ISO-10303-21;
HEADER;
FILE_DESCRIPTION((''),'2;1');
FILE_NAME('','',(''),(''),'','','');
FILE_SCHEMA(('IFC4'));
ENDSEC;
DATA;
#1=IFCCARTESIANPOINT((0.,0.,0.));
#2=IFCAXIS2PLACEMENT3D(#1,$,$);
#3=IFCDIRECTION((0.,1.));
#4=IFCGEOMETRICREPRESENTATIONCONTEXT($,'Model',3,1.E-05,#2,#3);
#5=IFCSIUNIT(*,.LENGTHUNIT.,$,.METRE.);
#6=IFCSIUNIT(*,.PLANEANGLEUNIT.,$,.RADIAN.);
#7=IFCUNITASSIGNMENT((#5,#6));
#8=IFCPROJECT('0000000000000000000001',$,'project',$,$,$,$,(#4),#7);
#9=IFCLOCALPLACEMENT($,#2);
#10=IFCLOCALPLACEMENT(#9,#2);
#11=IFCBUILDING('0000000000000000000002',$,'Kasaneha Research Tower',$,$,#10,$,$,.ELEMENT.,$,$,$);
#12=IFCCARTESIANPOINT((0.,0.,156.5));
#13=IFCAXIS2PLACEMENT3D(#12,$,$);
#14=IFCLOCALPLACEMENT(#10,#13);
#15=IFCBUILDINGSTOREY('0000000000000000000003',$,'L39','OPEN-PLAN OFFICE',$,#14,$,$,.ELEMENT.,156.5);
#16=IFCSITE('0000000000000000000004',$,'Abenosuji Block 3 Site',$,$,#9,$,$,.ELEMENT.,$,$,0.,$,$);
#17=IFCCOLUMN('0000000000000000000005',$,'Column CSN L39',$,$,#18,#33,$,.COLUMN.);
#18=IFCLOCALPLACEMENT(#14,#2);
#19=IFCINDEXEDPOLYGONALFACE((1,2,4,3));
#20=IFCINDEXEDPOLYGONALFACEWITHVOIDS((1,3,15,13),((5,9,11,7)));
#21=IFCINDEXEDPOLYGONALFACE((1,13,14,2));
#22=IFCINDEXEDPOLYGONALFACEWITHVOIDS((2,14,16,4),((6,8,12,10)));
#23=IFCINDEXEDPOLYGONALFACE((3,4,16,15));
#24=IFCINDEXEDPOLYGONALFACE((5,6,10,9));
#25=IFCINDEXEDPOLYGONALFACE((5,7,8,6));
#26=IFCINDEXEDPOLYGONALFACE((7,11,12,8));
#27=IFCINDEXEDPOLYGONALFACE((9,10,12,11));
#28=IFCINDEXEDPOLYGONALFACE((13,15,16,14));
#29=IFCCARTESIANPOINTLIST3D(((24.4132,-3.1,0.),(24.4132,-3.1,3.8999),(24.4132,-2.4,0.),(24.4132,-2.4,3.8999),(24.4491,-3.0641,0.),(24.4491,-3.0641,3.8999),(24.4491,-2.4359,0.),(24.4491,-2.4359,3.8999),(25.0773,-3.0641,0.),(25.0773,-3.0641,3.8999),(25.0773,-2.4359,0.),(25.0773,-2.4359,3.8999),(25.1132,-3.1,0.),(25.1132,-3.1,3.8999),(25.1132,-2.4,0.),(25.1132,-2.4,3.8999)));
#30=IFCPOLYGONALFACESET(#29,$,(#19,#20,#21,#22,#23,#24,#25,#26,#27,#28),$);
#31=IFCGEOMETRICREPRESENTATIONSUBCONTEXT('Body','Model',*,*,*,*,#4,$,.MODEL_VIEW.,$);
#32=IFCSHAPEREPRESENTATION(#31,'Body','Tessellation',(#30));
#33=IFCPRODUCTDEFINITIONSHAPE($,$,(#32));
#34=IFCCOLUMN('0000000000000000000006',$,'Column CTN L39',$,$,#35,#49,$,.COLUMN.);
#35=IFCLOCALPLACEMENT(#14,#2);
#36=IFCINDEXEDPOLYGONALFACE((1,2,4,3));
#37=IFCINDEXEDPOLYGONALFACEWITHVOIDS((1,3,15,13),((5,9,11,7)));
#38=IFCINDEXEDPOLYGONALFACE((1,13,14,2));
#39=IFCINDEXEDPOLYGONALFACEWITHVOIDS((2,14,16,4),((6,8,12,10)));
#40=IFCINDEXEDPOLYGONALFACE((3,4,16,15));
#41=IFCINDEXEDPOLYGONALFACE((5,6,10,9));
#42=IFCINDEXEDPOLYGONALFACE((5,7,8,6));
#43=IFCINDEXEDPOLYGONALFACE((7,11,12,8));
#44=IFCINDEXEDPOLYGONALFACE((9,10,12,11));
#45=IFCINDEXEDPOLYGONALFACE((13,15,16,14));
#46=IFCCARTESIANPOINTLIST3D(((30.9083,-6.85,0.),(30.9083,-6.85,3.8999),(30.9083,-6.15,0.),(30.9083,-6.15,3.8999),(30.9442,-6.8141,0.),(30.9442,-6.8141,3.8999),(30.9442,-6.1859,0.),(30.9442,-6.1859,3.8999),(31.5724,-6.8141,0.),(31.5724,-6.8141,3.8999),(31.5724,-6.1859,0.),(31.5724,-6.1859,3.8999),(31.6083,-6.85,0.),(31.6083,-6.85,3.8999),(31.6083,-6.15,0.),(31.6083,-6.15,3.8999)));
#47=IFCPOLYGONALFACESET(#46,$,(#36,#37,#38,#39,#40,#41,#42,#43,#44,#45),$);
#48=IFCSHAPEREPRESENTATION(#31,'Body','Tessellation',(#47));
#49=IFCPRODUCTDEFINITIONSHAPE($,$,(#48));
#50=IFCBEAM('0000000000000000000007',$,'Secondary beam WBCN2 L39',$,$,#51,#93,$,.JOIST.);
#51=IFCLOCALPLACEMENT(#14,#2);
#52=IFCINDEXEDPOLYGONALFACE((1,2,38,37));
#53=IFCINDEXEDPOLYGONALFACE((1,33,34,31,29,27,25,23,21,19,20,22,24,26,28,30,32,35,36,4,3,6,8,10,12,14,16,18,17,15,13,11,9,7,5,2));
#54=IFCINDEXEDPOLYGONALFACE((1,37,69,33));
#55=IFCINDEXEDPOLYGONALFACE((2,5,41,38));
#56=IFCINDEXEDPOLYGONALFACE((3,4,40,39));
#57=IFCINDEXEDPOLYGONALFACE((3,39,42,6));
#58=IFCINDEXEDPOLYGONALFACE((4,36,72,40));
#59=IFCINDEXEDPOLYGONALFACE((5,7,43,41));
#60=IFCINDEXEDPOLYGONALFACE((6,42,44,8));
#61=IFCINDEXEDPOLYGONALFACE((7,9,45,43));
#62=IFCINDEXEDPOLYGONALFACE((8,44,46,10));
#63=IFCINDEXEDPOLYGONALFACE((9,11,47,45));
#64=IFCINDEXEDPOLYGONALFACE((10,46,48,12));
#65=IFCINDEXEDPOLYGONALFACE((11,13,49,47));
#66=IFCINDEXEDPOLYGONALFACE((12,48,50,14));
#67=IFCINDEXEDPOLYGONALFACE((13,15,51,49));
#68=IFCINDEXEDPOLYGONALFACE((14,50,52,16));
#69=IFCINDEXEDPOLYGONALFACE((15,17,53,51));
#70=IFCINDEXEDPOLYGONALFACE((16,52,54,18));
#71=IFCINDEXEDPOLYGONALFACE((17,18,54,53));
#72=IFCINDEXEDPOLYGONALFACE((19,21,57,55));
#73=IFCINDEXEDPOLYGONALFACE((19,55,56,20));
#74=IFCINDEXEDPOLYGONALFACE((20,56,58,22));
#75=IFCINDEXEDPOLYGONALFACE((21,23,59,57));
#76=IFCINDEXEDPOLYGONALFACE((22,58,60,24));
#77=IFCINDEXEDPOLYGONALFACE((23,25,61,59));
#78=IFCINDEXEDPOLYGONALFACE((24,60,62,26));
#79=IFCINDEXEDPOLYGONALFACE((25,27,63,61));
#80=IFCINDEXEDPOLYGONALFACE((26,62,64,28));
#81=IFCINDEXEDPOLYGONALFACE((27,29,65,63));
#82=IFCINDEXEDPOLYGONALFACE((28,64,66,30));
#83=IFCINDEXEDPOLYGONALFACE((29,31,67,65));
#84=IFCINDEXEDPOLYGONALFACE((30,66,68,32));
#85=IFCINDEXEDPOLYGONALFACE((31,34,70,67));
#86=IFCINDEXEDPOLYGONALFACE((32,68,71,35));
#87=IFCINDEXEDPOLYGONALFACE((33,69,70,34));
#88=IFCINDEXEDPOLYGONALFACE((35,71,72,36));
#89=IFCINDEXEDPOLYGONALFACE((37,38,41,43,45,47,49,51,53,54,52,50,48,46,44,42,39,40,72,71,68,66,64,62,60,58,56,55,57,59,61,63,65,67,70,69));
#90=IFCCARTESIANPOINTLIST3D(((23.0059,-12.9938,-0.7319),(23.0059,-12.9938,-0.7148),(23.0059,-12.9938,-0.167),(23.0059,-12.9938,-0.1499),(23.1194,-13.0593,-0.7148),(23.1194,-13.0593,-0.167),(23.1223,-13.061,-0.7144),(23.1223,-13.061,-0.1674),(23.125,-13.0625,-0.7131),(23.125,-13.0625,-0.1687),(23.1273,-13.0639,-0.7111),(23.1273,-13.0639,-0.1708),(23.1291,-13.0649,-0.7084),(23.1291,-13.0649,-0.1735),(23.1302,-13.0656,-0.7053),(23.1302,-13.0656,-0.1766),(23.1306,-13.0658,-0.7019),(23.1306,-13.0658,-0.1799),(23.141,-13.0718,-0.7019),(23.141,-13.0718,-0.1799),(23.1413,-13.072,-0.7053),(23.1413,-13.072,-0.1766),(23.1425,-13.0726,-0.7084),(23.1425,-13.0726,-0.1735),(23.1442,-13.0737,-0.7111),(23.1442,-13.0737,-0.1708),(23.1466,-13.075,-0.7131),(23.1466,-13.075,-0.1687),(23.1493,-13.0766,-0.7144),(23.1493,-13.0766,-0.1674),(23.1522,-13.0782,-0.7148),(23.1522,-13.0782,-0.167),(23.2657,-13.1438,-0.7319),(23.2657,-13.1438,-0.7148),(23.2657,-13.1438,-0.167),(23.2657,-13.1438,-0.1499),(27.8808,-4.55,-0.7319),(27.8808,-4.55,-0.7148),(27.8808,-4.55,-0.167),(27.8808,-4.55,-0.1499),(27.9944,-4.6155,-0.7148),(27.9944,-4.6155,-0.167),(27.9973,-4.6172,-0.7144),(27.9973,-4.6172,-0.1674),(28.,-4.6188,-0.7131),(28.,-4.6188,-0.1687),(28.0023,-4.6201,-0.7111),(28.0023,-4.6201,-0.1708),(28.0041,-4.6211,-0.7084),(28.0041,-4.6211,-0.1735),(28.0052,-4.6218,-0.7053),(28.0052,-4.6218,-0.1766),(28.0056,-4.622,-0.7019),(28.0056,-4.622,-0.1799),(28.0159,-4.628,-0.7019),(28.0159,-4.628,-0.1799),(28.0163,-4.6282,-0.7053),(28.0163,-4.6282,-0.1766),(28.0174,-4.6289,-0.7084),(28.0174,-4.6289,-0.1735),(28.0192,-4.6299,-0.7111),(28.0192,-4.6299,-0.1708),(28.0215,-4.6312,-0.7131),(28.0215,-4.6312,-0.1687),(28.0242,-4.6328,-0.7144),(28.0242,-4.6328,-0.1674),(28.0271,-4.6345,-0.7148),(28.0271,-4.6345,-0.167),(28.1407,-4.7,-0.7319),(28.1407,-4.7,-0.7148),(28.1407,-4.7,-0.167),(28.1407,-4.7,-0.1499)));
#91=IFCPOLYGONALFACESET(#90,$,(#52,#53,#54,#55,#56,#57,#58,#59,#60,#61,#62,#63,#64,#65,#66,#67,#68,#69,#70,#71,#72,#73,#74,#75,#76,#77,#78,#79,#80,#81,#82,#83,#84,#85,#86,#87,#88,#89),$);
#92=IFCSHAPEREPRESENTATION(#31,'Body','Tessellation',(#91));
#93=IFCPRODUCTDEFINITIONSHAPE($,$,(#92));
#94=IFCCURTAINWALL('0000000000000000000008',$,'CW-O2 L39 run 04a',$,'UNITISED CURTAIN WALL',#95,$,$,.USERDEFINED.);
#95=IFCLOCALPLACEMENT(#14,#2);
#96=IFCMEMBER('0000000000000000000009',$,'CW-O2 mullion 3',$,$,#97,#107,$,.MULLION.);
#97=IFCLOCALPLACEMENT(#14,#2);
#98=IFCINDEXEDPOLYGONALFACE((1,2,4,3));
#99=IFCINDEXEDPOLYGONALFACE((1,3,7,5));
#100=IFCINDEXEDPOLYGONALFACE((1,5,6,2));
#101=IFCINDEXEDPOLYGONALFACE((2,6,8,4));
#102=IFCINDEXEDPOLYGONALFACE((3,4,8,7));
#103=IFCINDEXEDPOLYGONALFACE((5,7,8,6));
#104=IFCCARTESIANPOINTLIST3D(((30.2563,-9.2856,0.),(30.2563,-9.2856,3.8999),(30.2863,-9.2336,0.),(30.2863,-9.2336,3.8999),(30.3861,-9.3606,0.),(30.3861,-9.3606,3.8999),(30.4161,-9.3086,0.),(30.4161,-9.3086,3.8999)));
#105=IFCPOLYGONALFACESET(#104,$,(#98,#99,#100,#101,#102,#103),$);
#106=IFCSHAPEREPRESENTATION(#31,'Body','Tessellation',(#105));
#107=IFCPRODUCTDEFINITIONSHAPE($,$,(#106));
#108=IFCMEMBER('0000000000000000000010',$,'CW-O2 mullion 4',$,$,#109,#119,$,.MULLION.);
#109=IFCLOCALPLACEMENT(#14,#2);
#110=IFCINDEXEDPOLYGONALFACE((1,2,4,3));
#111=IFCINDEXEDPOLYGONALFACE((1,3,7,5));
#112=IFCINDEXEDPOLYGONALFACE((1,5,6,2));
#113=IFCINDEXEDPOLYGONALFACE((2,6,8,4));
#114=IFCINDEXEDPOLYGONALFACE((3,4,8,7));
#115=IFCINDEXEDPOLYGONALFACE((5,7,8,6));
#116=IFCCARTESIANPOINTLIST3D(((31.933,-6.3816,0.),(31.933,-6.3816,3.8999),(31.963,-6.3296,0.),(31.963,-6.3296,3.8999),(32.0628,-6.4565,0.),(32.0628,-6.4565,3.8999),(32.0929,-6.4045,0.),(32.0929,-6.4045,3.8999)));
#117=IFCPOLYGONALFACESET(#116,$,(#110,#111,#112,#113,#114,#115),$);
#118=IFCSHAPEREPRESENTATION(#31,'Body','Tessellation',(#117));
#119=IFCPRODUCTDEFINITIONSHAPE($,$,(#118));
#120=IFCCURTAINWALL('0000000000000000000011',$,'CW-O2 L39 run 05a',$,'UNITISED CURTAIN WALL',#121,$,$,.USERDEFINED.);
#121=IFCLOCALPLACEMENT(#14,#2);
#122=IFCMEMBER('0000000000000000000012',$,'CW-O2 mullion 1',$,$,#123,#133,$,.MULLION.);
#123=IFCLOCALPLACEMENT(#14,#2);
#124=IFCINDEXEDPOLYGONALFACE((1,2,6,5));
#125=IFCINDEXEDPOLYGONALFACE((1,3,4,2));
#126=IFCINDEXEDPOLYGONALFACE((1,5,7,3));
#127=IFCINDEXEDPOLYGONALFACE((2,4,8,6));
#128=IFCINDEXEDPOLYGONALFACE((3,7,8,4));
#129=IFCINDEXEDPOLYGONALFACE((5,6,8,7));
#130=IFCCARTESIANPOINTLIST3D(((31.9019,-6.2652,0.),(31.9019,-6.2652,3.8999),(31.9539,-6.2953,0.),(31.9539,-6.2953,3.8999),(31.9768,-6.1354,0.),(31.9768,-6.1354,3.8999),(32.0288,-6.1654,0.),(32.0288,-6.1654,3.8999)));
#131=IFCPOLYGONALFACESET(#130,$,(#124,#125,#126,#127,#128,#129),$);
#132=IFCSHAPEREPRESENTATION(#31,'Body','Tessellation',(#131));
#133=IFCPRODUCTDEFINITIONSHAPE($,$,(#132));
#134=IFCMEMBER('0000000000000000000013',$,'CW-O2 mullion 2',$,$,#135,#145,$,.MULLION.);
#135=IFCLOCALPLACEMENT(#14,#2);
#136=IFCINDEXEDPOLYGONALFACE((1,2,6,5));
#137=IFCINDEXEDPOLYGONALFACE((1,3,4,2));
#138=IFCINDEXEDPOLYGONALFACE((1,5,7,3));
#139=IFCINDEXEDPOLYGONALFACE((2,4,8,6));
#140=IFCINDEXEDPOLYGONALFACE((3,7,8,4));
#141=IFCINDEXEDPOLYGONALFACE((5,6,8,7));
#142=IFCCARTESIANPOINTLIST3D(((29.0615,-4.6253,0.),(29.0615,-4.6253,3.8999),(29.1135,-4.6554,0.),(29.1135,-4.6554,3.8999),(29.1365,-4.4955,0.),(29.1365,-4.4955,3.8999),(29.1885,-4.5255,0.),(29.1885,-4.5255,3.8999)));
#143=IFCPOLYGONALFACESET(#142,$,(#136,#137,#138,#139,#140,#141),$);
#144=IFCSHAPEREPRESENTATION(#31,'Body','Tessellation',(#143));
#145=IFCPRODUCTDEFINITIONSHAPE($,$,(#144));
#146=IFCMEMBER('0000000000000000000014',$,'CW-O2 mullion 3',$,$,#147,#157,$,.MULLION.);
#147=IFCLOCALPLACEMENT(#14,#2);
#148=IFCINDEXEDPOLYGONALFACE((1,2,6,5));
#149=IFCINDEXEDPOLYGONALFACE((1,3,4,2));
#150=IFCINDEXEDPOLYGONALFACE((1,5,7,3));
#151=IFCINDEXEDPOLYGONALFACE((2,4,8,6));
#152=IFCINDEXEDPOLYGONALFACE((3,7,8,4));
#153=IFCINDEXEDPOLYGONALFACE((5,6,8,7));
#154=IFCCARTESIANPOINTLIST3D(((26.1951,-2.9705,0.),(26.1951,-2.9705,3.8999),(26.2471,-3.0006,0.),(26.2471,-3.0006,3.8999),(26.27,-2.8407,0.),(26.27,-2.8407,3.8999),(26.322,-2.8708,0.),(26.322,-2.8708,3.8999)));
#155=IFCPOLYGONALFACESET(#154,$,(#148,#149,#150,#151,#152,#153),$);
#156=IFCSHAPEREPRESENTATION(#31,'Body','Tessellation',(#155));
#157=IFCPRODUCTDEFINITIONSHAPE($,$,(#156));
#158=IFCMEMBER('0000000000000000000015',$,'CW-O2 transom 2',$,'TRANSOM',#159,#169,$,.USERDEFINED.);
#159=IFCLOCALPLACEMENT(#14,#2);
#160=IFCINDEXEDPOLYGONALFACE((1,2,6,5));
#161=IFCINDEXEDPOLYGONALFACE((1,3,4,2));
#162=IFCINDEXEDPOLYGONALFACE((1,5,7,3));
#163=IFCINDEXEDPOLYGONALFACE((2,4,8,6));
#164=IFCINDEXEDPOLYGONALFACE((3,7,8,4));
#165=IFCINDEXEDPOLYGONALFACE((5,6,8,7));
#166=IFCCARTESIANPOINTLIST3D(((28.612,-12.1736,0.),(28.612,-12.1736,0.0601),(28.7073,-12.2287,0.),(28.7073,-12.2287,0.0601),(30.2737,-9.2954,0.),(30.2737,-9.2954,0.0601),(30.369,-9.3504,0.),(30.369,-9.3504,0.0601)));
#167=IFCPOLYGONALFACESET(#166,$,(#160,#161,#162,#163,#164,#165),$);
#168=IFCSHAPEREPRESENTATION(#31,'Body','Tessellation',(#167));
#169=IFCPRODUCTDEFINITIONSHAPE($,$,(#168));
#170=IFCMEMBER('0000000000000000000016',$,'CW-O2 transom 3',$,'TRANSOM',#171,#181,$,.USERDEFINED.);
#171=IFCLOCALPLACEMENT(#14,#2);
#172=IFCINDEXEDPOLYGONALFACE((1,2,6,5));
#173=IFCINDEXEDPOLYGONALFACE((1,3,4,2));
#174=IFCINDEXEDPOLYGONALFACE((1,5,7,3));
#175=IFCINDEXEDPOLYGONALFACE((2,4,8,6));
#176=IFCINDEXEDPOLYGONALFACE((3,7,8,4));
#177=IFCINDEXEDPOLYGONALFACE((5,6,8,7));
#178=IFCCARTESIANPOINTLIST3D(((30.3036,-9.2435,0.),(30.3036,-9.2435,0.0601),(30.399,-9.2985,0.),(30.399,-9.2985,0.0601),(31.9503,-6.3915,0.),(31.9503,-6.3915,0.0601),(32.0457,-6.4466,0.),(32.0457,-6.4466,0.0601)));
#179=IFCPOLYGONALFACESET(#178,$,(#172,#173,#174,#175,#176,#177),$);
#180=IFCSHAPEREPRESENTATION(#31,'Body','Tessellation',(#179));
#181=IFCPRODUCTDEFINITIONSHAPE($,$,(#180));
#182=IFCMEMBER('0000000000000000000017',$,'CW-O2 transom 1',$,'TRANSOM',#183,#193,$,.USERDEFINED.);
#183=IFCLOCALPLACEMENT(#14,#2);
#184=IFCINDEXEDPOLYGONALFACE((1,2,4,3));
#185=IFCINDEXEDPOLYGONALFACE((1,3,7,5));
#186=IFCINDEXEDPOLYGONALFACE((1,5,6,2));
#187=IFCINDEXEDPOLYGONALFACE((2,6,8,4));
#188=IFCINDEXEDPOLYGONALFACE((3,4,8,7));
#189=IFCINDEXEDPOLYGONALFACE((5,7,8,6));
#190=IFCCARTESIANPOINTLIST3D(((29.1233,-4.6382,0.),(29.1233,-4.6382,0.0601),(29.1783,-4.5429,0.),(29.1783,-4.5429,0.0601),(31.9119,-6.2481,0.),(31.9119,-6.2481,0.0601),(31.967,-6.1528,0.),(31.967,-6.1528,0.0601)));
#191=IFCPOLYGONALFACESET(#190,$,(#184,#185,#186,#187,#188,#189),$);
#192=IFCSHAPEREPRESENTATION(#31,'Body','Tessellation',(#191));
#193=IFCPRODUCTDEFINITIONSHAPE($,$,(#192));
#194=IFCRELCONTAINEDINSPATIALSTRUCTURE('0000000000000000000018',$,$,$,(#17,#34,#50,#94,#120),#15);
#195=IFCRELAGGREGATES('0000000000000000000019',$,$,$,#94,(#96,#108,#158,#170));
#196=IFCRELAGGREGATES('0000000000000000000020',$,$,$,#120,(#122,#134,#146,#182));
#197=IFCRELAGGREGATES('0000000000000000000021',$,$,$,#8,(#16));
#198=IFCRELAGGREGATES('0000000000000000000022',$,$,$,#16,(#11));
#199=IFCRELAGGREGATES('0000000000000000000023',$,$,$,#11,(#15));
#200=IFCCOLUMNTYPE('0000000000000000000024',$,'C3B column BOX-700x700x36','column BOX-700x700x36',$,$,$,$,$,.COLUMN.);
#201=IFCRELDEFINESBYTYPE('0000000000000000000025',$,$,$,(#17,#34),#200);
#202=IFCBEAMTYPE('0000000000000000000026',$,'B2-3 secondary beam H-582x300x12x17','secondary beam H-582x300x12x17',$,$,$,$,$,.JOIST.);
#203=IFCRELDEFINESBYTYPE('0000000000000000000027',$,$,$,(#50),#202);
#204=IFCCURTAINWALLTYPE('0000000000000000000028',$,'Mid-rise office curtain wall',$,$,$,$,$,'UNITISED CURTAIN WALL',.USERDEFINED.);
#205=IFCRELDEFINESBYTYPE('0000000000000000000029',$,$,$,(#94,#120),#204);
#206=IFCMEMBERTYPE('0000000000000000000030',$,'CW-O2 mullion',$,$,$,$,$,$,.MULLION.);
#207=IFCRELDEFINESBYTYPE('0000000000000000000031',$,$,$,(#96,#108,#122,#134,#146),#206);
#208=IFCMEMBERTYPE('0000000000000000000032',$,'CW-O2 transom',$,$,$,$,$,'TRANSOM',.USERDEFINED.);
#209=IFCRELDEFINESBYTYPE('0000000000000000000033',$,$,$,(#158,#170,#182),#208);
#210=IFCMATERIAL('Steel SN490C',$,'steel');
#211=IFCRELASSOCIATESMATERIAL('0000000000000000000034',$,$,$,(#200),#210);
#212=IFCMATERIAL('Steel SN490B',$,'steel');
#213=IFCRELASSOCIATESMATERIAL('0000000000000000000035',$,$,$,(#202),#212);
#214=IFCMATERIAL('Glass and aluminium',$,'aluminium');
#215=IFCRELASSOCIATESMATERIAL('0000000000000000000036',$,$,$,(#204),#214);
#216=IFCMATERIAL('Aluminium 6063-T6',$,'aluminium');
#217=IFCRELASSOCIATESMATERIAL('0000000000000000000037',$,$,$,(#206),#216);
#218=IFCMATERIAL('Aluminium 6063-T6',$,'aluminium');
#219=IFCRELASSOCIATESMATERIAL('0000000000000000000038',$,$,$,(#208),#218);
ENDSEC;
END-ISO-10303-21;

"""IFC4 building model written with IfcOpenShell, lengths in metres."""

from ifc_helpers import new_model, si_unit, direction, frame, origin, origin_2d, place, context, subcontext, project, spatial, rectangle, hollow_rectangle, i_section, extrude, material, material_profile, profile_set, type_object, element, aggregate, save


model = new_model("IFC4")

# Units and contexts
model_context = context("Model", 3, precision=1e-05, world=origin(), true_north=direction((0.0, 1.0)))
body_context = subcontext(model_context, "Body", "Model", "MODEL_VIEW")
ifc_project = project(units=[si_unit("LENGTHUNIT", "METRE"), si_unit("PLANEANGLEUNIT", "RADIAN")], contexts=[model_context])

# Site, building, storey
site_placement = place(None, origin())
site = spatial("IfcSite", under=ifc_project, at=site_placement, Name="Abenosuji Block 3 Site", CompositionType="ELEMENT", RefElevation=0.0)
building_placement = place(site_placement, origin())
building = spatial("IfcBuilding", under=site, at=building_placement, Name="Kasaneha Research Tower", CompositionType="ELEMENT")
storey_placement = place(building_placement, frame((0.0, 0.0, 156.5)))
storey = spatial("IfcBuildingStorey", under=building, at=storey_placement, Name="L39", Description="OPEN-PLAN OFFICE", CompositionType="ELEMENT", Elevation=156.5)

# Columns
ifc_material_1 = material(Name="Steel SN490C", Category="steel")
ifc_material_profile_1 = material_profile(ifc_material_1, hollow_rectangle(XDim=0.7, YDim=0.7, WallThickness=0.0359, at=origin_2d()), Name="BOX-700x700x36")
ifc_profile_set_1 = profile_set([ifc_material_profile_1], Name="Steel SN490C")
column_type = type_object("IfcColumnType", Name="C3B column BOX-700x700x36", Description="column BOX-700x700x36", PredefinedType="COLUMN", material=ifc_profile_set_1)
for number, where, z_axis, x_axis, name in (
    (1, (24.7632, -2.75, 0.0), (0.0, 0.0, 1.0), (1.0, 0.0, 0.0), "Column CSN L39"),
    (2, (31.2583, -6.5, 0.0), (0.0, 0.0, 1.0), (1.0, 0.0, 0.0), "Column CTN L39"),
):
    element("IfcColumn", number, at=place(storey_placement, frame(where, z_axis=z_axis, x_axis=x_axis)), inside=storey, type_object=column_type, Name=name, PredefinedType="COLUMN", context=body_context, shape_type="SweptSolid", body=[
        extrude(hollow_rectangle(XDim=0.7, YDim=0.7, WallThickness=0.0359, at=origin_2d()), origin(), (0.0, 0.0, 1.0), 3.8999),
    ])

# Beam
ifc_material_2 = material(Name="Steel SN490B", Category="steel")
ifc_material_profile_2 = material_profile(ifc_material_2, i_section(OverallWidth=0.3, OverallDepth=0.582, WebThickness=0.012, FlangeThickness=0.0171, FilletRadius=0.0129, at=origin_2d()), Name="H-582x300x12x17")
ifc_profile_set_2 = profile_set([ifc_material_profile_2], Name="Steel SN490B")
beam_type_1 = type_object("IfcBeamType", Name="B2-3 secondary beam H-582x300x12x17", Description="secondary beam H-582x300x12x17", PredefinedType="JOIST", material=ifc_profile_set_2)
beam_1_placement = place(storey_placement, frame((28.0107, -4.625, -0.4409), z_axis=(-0.499996, -0.866028, 0.0), x_axis=(0.866028, -0.499996, 0.0)))
element("IfcBeam", 3, at=beam_1_placement, inside=storey, type_object=beam_type_1, Name="Secondary beam WBCN2 L39", PredefinedType="JOIST", context=body_context, shape_type="SweptSolid", body=[
    extrude(i_section(OverallWidth=0.3, OverallDepth=0.582, WebThickness=0.012, FlangeThickness=0.0171, FilletRadius=0.0129, at=origin_2d()), origin(), (0.0, 0.0, 1.0), 9.75),
])

# Curtain walls, members
ifc_material_3 = material(Name="Glass and aluminium", Category="aluminium")
curtain_wall_type = type_object("IfcCurtainWallType", Name="Mid-rise office curtain wall", ElementType="UNITISED CURTAIN WALL", PredefinedType="USERDEFINED", material=ifc_material_3)
curtain_wall_1_placement = place(storey_placement, origin())
curtain_wall_1 = element("IfcCurtainWall", 4, at=curtain_wall_1_placement, inside=storey, type_object=curtain_wall_type, Name="CW-O2 L39 run 04a", ObjectType="UNITISED CURTAIN WALL", PredefinedType="USERDEFINED")
ifc_material_4 = material(Name="Aluminium 6063-T6", Category="aluminium")
ifc_material_profile_3 = material_profile(ifc_material_4, rectangle(XDim=0.0601, YDim=0.1499, at=origin_2d()), Name="CW-O2 mullion 60x150")
ifc_profile_set_3 = profile_set([ifc_material_profile_3], Name="Aluminium 6063-T6")
member_type_1 = type_object("IfcMemberType", Name="CW-O2 mullion", PredefinedType="MULLION", material=ifc_profile_set_3)
member_1_placement = place(storey_placement, frame((30.3362, -9.2971, 0.0), z_axis=(0.0, 0.0, 1.0), x_axis=(0.5, 0.866025, 0.0)))
member_1 = element("IfcMember", 5, at=member_1_placement, type_object=member_type_1, Name="CW-O2 mullion 3", PredefinedType="MULLION", context=body_context, shape_type="SweptSolid", body=[
    extrude(rectangle(XDim=0.0601, YDim=0.1499, at=origin_2d()), origin(), (0.0, 0.0, 1.0), 3.8999),
])
member_2_placement = place(storey_placement, frame((32.0129, -6.3931, 0.0), z_axis=(0.0, 0.0, 1.0), x_axis=(0.5, 0.866025, 0.0)))
member_2 = element("IfcMember", 6, at=member_2_placement, type_object=member_type_1, Name="CW-O2 mullion 4", PredefinedType="MULLION", context=body_context, shape_type="SweptSolid", body=[
    extrude(rectangle(XDim=0.0601, YDim=0.1499, at=origin_2d()), origin(), (0.0, 0.0, 1.0), 3.8999),
])
curtain_wall_2_placement = place(storey_placement, origin())
curtain_wall_2 = element("IfcCurtainWall", 7, at=curtain_wall_2_placement, inside=storey, type_object=curtain_wall_type, Name="CW-O2 L39 run 05a", ObjectType="UNITISED CURTAIN WALL", PredefinedType="USERDEFINED")
member_3_placement = place(storey_placement, frame((31.9653, -6.2153, 0.0), z_axis=(0.0, 0.0, 1.0), x_axis=(-0.866025, 0.5, 0.0)))
member_3 = element("IfcMember", 8, at=member_3_placement, type_object=member_type_1, Name="CW-O2 mullion 1", PredefinedType="MULLION", context=body_context, shape_type="SweptSolid", body=[
    extrude(rectangle(XDim=0.0601, YDim=0.1499, at=origin_2d()), origin(), (0.0, 0.0, 1.0), 3.8999),
])
member_4_placement = place(storey_placement, frame((29.125, -4.5754, 0.0), z_axis=(0.0, 0.0, 1.0), x_axis=(-0.866025, 0.5, 0.0)))
member_4 = element("IfcMember", 9, at=member_4_placement, type_object=member_type_1, Name="CW-O2 mullion 2", PredefinedType="MULLION", context=body_context, shape_type="SweptSolid", body=[
    extrude(rectangle(XDim=0.0601, YDim=0.1499, at=origin_2d()), origin(), (0.0, 0.0, 1.0), 3.8999),
])
member_5_placement = place(storey_placement, frame((26.2585, -2.9207, 0.0), z_axis=(0.0, 0.0, 1.0), x_axis=(-0.866025, 0.5, 0.0)))
member_5 = element("IfcMember", 10, at=member_5_placement, type_object=member_type_1, Name="CW-O2 mullion 3", PredefinedType="MULLION", context=body_context, shape_type="SweptSolid", body=[
    extrude(rectangle(XDim=0.0601, YDim=0.1499, at=origin_2d()), origin(), (0.0, 0.0, 1.0), 3.8999),
])

# Members
ifc_material_5 = material(Name="Aluminium 6063-T6", Category="aluminium")
ifc_material_profile_4 = material_profile(ifc_material_5, rectangle(XDim=0.1101, YDim=0.0601, at=origin_2d()), Name="CW-O2 transom 110x60")
ifc_profile_set_4 = profile_set([ifc_material_profile_4], Name="Aluminium 6063-T6")
member_type_2 = type_object("IfcMemberType", Name="CW-O2 transom", ElementType="TRANSOM", PredefinedType="USERDEFINED", material=ifc_profile_set_4)
member_6_placement = place(storey_placement, frame((28.6597, -12.2012, 0.03), z_axis=(0.499979, 0.866038, 0.0), x_axis=(-0.866038, 0.499979, 0.0)))
member_6 = element("IfcMember", 11, at=member_6_placement, type_object=member_type_2, Name="CW-O2 transom 2", ObjectType="TRANSOM", PredefinedType="USERDEFINED", context=body_context, shape_type="SweptSolid", body=[
    extrude(rectangle(XDim=0.1101, YDim=0.0601, at=origin_2d()), origin(), (0.0, 0.0, 1.0), 3.3235),
])
member_7_placement = place(storey_placement, frame((30.3513, -9.271, 0.03), z_axis=(0.500022, 0.866013, 0.0), x_axis=(-0.866013, 0.500022, 0.0)))
member_7 = element("IfcMember", 12, at=member_7_placement, type_object=member_type_2, Name="CW-O2 transom 3", ObjectType="TRANSOM", PredefinedType="USERDEFINED", context=body_context, shape_type="SweptSolid", body=[
    extrude(rectangle(XDim=0.1101, YDim=0.0601, at=origin_2d()), origin(), (0.0, 0.0, 1.0), 3.2932),
])
member_8_placement = place(storey_placement, frame((31.9395, -6.2004, 0.03), z_axis=(-0.866042, 0.499972, 0.0), x_axis=(-0.499972, -0.866042, 0.0)))
member_8 = element("IfcMember", 13, at=member_8_placement, type_object=member_type_2, Name="CW-O2 transom 1", ObjectType="TRANSOM", PredefinedType="USERDEFINED", context=body_context, shape_type="SweptSolid", body=[
    extrude(rectangle(XDim=0.1101, YDim=0.0601, at=origin_2d()), origin(), (0.0, 0.0, 1.0), 3.22),
])

aggregate(curtain_wall_1, [member_1, member_2, member_6, member_7])
aggregate(curtain_wall_2, [member_3, member_4, member_5, member_8])

save(model, "model.ifc")
